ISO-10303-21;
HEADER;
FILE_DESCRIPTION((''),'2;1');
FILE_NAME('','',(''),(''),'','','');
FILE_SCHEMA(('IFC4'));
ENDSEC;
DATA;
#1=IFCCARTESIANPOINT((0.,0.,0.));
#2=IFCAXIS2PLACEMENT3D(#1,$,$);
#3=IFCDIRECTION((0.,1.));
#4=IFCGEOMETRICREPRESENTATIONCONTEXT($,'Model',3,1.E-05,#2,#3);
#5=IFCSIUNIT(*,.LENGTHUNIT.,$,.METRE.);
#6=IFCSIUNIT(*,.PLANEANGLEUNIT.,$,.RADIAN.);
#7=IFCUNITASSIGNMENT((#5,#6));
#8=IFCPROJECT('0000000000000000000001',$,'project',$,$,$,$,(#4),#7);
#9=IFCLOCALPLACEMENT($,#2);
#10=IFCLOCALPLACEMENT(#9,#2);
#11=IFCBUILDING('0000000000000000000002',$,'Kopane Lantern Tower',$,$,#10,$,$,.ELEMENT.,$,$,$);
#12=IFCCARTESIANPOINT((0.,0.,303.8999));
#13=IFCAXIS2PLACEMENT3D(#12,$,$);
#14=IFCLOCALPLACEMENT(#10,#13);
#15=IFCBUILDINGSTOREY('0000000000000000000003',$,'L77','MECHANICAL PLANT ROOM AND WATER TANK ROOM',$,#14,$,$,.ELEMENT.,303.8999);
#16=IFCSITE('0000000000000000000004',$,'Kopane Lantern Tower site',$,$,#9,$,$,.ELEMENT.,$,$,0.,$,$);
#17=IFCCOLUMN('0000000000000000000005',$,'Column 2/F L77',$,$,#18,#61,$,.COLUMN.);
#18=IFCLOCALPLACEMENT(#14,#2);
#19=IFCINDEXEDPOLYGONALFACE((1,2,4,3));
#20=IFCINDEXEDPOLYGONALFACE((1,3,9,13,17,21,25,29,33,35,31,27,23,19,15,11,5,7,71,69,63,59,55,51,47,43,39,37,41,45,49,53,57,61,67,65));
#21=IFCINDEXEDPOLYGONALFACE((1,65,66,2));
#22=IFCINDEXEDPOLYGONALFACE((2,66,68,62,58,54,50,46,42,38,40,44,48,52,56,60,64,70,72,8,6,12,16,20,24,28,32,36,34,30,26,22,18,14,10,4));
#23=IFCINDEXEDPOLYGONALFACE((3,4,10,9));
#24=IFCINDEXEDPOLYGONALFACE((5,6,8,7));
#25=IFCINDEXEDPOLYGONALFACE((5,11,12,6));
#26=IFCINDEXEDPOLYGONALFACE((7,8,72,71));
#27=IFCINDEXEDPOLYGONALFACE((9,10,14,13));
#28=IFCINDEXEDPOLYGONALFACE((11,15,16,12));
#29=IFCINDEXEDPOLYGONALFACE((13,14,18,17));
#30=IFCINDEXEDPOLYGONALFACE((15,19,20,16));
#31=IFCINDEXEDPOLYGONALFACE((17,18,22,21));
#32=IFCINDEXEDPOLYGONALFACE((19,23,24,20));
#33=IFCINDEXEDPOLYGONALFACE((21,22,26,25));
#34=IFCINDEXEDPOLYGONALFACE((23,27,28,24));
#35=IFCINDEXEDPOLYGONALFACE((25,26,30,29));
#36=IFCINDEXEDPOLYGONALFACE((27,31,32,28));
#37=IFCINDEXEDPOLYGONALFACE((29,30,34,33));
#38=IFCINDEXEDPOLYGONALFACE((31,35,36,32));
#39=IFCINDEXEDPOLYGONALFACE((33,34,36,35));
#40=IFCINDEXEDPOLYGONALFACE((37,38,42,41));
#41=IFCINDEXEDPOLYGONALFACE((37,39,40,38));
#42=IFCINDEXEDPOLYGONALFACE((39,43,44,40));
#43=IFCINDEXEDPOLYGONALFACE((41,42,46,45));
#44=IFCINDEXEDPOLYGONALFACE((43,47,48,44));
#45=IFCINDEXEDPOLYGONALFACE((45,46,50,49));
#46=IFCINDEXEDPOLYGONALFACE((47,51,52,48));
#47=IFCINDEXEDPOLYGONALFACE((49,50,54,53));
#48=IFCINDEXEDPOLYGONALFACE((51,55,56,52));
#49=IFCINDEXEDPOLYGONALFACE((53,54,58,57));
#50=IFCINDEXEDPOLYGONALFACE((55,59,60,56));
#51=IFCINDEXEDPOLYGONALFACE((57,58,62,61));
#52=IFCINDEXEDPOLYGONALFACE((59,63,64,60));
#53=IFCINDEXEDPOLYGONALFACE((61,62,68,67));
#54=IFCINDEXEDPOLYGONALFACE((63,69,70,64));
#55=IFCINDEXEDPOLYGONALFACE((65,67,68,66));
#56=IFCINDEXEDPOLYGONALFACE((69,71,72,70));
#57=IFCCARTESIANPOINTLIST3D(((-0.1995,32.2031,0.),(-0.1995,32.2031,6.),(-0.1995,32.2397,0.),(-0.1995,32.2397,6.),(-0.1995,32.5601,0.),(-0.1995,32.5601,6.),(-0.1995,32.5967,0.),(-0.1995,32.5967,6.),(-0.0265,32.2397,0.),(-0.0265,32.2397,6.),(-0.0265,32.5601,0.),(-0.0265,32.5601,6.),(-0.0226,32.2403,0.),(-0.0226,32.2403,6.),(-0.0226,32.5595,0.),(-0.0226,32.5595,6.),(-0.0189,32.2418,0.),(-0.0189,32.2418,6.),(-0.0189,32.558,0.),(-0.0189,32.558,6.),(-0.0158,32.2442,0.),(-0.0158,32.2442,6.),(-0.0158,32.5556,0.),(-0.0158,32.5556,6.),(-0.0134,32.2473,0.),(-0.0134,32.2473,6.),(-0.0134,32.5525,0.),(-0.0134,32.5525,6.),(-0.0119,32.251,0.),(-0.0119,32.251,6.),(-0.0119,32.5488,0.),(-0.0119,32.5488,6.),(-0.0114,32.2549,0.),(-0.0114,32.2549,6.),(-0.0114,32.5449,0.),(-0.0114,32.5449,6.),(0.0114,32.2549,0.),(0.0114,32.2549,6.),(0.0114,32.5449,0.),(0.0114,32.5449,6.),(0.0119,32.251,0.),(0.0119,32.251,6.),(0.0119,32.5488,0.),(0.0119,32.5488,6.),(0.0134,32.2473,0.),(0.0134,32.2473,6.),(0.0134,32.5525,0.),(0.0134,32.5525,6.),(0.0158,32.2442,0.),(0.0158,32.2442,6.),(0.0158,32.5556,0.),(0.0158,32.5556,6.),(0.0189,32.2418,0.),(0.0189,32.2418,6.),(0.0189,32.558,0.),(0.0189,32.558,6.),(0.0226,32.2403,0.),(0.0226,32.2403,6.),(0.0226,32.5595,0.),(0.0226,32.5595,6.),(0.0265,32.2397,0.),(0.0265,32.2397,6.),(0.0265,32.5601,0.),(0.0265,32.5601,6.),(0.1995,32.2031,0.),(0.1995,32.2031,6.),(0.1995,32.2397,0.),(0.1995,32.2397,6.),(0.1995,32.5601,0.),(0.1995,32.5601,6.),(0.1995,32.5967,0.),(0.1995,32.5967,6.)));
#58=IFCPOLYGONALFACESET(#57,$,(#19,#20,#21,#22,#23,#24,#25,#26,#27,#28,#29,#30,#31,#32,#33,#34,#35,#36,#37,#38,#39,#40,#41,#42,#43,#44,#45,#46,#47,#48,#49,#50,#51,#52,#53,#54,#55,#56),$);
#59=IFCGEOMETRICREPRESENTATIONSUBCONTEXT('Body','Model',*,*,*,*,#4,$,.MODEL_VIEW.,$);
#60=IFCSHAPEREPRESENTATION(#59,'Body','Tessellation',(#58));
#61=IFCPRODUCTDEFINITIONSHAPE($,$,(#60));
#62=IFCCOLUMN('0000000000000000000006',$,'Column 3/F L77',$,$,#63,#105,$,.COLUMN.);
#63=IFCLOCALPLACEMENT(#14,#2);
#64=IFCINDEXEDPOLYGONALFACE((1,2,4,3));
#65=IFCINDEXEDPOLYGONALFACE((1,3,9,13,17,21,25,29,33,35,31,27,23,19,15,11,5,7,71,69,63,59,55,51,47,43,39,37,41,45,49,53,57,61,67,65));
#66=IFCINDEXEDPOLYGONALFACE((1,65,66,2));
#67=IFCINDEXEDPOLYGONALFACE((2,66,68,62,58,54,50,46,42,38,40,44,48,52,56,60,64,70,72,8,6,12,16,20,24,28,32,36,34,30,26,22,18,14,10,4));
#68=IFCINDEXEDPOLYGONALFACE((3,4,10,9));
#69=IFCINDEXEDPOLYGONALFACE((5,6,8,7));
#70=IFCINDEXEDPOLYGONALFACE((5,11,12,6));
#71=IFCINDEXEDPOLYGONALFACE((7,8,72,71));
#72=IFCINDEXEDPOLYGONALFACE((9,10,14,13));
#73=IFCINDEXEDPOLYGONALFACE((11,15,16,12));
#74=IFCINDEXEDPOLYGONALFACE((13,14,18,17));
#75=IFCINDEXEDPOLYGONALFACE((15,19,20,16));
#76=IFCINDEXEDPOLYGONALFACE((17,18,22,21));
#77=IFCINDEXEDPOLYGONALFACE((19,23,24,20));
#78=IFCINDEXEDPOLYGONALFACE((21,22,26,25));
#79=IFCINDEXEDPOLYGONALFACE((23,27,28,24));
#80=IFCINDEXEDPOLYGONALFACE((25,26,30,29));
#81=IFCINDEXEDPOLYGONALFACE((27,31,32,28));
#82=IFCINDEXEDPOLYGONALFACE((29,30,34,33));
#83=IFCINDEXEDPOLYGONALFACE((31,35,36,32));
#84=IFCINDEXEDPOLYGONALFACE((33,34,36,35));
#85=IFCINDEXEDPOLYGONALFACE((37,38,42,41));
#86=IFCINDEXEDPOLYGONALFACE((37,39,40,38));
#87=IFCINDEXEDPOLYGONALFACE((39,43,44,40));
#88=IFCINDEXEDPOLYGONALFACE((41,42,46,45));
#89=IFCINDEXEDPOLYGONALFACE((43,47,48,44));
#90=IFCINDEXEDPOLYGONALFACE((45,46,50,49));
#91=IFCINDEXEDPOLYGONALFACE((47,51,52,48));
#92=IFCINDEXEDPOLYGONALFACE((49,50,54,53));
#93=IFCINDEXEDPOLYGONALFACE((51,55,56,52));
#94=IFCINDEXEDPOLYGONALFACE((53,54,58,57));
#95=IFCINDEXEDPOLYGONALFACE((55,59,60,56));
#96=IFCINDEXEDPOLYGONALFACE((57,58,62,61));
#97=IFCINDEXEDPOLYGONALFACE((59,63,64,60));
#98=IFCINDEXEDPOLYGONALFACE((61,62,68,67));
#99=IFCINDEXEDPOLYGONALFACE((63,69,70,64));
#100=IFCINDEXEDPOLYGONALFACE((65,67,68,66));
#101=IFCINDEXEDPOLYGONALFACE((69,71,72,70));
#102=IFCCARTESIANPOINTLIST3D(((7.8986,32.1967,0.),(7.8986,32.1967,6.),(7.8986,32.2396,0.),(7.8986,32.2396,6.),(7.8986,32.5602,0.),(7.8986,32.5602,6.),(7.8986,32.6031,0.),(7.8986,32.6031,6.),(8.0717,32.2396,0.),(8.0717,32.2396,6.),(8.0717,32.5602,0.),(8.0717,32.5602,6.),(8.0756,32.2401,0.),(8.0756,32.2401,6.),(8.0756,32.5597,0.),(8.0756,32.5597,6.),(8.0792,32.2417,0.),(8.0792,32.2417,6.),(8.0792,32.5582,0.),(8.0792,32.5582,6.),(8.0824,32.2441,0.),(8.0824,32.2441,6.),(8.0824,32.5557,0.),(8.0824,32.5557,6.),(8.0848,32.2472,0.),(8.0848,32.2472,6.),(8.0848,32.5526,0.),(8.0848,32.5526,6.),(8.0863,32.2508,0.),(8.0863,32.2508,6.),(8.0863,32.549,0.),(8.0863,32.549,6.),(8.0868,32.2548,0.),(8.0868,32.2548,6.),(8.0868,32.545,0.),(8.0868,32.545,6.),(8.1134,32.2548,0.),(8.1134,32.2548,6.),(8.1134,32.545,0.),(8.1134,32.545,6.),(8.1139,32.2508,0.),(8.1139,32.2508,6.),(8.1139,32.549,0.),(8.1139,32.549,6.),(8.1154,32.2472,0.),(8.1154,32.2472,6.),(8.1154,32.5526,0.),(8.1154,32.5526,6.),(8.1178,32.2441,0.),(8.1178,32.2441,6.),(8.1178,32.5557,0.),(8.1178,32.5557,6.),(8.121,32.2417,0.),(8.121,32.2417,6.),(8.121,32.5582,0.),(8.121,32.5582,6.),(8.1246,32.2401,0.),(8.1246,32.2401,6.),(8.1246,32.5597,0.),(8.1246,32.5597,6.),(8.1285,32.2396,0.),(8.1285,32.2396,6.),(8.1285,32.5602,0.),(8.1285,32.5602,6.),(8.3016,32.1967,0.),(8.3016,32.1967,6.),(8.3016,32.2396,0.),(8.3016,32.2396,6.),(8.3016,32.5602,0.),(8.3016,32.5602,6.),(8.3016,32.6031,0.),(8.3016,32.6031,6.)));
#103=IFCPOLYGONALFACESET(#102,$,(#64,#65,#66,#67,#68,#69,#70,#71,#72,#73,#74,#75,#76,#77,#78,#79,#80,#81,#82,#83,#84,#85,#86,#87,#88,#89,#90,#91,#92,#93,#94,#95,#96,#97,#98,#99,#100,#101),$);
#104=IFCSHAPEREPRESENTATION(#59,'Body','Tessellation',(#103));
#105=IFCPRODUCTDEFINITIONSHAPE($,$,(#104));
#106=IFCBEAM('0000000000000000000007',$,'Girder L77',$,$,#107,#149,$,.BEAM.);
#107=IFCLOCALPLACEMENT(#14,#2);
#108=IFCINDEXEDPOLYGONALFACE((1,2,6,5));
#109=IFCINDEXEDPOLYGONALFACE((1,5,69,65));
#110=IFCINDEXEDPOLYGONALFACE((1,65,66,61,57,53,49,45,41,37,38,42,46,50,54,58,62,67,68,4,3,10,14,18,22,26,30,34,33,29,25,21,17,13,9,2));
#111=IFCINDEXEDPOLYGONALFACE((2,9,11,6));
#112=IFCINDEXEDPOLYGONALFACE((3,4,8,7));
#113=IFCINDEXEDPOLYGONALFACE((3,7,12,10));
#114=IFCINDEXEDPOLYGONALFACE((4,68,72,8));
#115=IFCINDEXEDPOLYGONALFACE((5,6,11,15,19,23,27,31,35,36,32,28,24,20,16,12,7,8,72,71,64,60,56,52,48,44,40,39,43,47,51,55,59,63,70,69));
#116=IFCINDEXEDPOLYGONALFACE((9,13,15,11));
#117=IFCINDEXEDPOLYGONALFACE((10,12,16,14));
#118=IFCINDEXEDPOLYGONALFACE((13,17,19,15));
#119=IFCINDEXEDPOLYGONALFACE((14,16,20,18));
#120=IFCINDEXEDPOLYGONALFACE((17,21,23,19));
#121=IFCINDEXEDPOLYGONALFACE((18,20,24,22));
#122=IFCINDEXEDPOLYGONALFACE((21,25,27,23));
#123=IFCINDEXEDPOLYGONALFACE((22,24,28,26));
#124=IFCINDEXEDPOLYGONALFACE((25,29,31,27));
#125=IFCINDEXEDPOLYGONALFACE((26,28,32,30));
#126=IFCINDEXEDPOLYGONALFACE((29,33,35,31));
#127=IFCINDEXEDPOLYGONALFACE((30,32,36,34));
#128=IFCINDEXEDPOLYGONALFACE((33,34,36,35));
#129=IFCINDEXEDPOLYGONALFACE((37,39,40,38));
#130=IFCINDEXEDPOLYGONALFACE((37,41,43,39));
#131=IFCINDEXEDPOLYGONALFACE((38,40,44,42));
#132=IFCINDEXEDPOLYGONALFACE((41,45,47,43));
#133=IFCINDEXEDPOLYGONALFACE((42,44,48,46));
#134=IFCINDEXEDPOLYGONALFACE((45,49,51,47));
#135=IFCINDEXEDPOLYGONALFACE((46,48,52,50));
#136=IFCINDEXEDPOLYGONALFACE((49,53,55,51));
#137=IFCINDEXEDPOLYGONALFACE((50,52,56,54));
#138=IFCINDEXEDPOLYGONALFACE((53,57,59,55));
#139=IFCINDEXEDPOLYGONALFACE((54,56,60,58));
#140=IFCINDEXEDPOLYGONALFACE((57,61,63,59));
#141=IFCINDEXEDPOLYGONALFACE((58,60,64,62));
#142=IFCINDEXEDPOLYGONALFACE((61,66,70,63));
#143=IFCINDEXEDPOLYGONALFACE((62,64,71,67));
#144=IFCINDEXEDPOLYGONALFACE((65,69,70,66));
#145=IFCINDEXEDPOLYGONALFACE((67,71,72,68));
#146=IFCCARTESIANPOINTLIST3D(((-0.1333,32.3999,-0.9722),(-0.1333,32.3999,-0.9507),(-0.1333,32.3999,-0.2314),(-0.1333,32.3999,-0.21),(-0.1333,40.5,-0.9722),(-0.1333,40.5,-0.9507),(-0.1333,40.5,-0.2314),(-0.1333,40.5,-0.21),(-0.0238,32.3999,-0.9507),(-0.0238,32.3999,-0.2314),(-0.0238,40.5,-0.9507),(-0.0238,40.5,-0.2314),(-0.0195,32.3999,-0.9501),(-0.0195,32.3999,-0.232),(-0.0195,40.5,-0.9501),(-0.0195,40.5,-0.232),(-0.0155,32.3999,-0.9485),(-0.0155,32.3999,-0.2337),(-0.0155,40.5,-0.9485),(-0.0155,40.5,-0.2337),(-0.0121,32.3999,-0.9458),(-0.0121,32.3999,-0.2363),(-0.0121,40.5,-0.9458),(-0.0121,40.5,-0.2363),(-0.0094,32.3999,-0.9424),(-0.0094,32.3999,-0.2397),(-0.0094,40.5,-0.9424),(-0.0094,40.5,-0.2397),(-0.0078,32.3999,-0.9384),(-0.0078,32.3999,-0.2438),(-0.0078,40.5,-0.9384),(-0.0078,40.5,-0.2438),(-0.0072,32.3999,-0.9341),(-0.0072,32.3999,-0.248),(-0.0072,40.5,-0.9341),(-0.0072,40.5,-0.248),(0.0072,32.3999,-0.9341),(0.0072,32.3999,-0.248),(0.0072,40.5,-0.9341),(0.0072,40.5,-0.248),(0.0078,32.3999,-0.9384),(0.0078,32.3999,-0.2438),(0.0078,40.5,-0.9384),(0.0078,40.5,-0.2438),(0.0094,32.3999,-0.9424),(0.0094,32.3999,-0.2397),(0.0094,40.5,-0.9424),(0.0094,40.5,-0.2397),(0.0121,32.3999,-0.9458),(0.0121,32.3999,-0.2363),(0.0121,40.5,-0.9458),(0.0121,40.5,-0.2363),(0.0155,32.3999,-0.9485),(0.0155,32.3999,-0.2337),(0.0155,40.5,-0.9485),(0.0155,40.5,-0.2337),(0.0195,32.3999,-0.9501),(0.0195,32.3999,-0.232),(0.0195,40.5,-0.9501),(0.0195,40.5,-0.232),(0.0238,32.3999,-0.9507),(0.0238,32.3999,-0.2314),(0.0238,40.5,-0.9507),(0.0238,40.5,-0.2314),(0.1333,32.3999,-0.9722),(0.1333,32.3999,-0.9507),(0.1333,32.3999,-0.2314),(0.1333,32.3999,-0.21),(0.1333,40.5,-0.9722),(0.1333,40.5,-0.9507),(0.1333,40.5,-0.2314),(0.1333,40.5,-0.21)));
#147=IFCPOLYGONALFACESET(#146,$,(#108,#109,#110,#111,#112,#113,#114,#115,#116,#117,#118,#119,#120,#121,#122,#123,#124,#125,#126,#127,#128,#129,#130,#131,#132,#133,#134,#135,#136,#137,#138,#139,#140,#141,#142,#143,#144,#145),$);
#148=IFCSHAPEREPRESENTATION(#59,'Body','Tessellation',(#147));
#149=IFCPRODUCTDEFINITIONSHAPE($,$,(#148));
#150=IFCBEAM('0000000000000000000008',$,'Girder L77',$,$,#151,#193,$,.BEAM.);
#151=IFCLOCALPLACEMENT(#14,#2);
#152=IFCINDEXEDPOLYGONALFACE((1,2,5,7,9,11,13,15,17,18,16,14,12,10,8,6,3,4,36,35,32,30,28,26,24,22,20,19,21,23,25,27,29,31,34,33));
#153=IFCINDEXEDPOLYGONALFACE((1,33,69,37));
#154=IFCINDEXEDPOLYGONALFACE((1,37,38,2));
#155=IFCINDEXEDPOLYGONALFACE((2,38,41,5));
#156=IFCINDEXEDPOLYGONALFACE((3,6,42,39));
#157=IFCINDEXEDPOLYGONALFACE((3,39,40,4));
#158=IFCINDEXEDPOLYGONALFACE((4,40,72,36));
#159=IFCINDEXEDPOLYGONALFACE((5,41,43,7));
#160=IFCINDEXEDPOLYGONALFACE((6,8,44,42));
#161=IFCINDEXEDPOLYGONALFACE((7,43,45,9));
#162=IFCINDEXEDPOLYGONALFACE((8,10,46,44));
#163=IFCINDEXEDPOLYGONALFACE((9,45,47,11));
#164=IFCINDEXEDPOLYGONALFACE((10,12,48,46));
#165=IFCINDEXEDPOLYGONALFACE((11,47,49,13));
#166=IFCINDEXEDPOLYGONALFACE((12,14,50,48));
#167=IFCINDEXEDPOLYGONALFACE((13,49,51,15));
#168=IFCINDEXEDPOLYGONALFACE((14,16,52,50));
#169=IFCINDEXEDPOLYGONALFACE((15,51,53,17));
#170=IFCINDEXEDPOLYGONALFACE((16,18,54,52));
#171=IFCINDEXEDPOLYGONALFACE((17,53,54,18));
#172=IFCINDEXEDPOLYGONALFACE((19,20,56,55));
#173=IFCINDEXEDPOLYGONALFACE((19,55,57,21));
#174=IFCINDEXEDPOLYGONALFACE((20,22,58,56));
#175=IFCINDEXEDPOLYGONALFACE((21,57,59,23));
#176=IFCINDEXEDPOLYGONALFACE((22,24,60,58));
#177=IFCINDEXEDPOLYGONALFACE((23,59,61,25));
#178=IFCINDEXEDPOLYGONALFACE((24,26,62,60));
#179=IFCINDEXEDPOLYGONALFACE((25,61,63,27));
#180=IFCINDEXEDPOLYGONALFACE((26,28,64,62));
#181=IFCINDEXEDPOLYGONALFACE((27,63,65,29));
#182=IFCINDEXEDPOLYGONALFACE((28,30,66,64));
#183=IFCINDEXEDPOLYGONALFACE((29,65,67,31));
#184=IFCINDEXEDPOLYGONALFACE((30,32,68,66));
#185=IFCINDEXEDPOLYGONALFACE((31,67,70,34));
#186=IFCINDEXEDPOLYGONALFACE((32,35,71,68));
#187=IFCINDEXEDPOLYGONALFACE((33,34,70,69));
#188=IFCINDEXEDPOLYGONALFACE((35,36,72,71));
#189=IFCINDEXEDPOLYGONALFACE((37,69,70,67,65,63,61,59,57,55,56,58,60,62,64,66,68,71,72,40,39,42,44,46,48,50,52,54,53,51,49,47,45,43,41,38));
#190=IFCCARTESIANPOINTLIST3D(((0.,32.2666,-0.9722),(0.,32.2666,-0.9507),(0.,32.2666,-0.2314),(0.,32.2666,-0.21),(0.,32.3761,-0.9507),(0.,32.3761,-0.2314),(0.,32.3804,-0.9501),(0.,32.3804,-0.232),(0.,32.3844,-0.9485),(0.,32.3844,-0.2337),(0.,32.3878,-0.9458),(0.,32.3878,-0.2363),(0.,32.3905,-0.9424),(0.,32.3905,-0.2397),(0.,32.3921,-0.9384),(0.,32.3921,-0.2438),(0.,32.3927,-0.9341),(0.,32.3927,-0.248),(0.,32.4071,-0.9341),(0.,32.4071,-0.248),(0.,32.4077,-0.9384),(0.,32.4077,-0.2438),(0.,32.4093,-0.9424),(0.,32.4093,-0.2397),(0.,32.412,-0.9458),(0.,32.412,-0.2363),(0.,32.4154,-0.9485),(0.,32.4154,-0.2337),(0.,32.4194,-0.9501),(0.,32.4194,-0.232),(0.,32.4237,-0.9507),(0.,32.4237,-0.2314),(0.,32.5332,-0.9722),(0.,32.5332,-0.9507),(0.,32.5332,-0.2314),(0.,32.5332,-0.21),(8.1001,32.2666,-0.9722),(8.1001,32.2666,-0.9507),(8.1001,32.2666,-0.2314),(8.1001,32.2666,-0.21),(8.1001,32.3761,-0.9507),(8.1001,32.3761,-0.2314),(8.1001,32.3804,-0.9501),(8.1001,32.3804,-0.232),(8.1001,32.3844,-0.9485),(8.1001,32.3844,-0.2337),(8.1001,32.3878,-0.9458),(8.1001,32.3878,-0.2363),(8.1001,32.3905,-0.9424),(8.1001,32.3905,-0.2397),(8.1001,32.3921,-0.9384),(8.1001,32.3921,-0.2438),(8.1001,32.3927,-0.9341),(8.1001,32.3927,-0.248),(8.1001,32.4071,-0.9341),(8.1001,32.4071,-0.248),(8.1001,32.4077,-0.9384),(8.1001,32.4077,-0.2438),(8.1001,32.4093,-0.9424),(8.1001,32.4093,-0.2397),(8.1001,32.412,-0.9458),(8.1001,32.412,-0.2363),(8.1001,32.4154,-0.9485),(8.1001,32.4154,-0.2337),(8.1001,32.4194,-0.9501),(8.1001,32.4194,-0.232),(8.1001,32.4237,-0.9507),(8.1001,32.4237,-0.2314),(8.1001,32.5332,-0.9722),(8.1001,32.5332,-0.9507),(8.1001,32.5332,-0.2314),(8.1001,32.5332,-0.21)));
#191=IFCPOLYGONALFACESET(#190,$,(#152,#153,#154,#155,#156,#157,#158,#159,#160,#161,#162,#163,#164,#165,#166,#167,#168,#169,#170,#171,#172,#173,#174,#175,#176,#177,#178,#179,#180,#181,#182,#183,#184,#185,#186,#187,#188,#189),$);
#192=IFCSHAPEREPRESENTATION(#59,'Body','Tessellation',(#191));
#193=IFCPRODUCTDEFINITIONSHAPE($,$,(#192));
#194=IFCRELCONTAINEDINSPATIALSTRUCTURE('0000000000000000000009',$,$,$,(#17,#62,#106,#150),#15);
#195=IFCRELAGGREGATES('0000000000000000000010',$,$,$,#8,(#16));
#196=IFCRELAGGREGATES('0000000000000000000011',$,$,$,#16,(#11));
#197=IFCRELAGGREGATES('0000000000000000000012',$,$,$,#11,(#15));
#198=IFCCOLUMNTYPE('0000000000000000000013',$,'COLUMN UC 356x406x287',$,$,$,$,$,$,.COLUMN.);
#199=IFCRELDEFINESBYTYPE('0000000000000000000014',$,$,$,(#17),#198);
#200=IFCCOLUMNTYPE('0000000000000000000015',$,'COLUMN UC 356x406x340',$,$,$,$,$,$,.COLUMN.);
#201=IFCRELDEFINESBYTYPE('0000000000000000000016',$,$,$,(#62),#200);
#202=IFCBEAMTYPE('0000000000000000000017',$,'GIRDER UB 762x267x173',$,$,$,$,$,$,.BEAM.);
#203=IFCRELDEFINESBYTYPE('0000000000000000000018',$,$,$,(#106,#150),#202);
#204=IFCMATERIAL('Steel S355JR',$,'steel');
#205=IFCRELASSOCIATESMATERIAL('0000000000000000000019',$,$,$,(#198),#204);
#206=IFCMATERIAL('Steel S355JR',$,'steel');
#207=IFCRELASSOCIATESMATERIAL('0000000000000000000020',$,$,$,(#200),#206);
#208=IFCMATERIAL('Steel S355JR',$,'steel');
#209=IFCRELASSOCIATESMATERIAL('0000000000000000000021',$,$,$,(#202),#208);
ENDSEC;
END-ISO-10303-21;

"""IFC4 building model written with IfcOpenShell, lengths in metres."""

from ifc_helpers import new_model, si_unit, direction, frame, origin, origin_2d, place, context, subcontext, project, spatial, i_section, extrude, material, material_profile, profile_set, type_object, element, save


model = new_model("IFC4")

# Units and contexts
model_context = context("Model", 3, precision=1e-05, world=origin(), true_north=direction((0.0, 1.0)))
body_context = subcontext(model_context, "Body", "Model", "MODEL_VIEW")
ifc_project = project(units=[si_unit("LENGTHUNIT", "METRE"), si_unit("PLANEANGLEUNIT", "RADIAN")], contexts=[model_context])

# Site, building, storey
site_placement = place(None, origin())
site = spatial("IfcSite", under=ifc_project, at=site_placement, Name="Kopane Lantern Tower site", CompositionType="ELEMENT", RefElevation=0.0)
building_placement = place(site_placement, origin())
building = spatial("IfcBuilding", under=site, at=building_placement, Name="Kopane Lantern Tower", CompositionType="ELEMENT")
storey_placement = place(building_placement, frame((0.0, 0.0, 303.8999)))
storey = spatial("IfcBuildingStorey", under=building, at=storey_placement, Name="L77", Description="MECHANICAL PLANT ROOM AND WATER TANK ROOM", CompositionType="ELEMENT", Elevation=303.8999)

# Columns
ifc_material_1 = material(Name="Steel S355JR", Category="steel")
ifc_material_profile_1 = material_profile(ifc_material_1, i_section(OverallWidth=0.3989, OverallDepth=0.3936, WebThickness=0.0227, FlangeThickness=0.0366, FilletRadius=0.0151, at=origin_2d()), Name="UC 356x406x287")
ifc_profile_set_1 = profile_set([ifc_material_profile_1], Name="Steel S355JR")
column_type_1 = type_object("IfcColumnType", Name="COLUMN UC 356x406x287", PredefinedType="COLUMN", material=ifc_profile_set_1)
column_1_placement = place(storey_placement, frame((0.0, 32.3999, 0.0), z_axis=(0.0, 0.0, 1.0), x_axis=(1.0, 0.0, 0.0)))
element("IfcColumn", 1, at=column_1_placement, inside=storey, type_object=column_type_1, Name="Column 2/F L77", PredefinedType="COLUMN", context=body_context, shape_type="SweptSolid", body=[
    extrude(i_section(OverallWidth=0.3989, OverallDepth=0.3936, WebThickness=0.0227, FlangeThickness=0.0366, FilletRadius=0.0151, at=origin_2d()), origin(), (0.0, 0.0, 1.0), 6.0),
])
ifc_material_2 = material(Name="Steel S355JR", Category="steel")
ifc_material_profile_2 = material_profile(ifc_material_2, i_section(OverallWidth=0.4031, OverallDepth=0.4065, WebThickness=0.0266, FlangeThickness=0.043, FilletRadius=0.0151, at=origin_2d()), Name="UC 356x406x340")
ifc_profile_set_2 = profile_set([ifc_material_profile_2], Name="Steel S355JR")
column_type_2 = type_object("IfcColumnType", Name="COLUMN UC 356x406x340", PredefinedType="COLUMN", material=ifc_profile_set_2)
column_2_placement = place(storey_placement, frame((8.1001, 32.3999, 0.0), z_axis=(0.0, 0.0, 1.0), x_axis=(1.0, 0.0, 0.0)))
element("IfcColumn", 2, at=column_2_placement, inside=storey, type_object=column_type_2, Name="Column 3/F L77", PredefinedType="COLUMN", context=body_context, shape_type="SweptSolid", body=[
    extrude(i_section(OverallWidth=0.4031, OverallDepth=0.4065, WebThickness=0.0266, FlangeThickness=0.043, FilletRadius=0.0151, at=origin_2d()), origin(), (0.0, 0.0, 1.0), 6.0),
])

# Beams
ifc_material_3 = material(Name="Steel S355JR", Category="steel")
ifc_material_profile_3 = material_profile(ifc_material_3, i_section(OverallWidth=0.2666, OverallDepth=0.7622, WebThickness=0.0144, FlangeThickness=0.0215, FilletRadius=0.0166, at=origin_2d()), Name="UB 762x267x173")
ifc_profile_set_3 = profile_set([ifc_material_profile_3], Name="Steel S355JR")
beam_type_1 = type_object("IfcBeamType", Name="GIRDER UB 762x267x173", PredefinedType="BEAM", material=ifc_profile_set_3)
for number, where, z_axis, x_axis, name in (
    (3, (0.0, 32.3999, -0.5911), (0.0, 1.0, 0.0), (-1.0, 0.0, 0.0), "Girder L77"),
    (4, (0.0, 32.3999, -0.5911), (1.0, 0.0, 0.0), (0.0, 1.0, 0.0), "Girder L77"),
):
    element("IfcBeam", number, at=place(storey_placement, frame(where, z_axis=z_axis, x_axis=x_axis)), inside=storey, type_object=beam_type_1, Name=name, PredefinedType="BEAM", context=body_context, shape_type="SweptSolid", body=[
        extrude(i_section(OverallWidth=0.2666, OverallDepth=0.7622, WebThickness=0.0144, FlangeThickness=0.0215, FilletRadius=0.0166, at=origin_2d()), origin(), (0.0, 0.0, 1.0), 8.1001),
    ])

save(model, "model.ifc")
